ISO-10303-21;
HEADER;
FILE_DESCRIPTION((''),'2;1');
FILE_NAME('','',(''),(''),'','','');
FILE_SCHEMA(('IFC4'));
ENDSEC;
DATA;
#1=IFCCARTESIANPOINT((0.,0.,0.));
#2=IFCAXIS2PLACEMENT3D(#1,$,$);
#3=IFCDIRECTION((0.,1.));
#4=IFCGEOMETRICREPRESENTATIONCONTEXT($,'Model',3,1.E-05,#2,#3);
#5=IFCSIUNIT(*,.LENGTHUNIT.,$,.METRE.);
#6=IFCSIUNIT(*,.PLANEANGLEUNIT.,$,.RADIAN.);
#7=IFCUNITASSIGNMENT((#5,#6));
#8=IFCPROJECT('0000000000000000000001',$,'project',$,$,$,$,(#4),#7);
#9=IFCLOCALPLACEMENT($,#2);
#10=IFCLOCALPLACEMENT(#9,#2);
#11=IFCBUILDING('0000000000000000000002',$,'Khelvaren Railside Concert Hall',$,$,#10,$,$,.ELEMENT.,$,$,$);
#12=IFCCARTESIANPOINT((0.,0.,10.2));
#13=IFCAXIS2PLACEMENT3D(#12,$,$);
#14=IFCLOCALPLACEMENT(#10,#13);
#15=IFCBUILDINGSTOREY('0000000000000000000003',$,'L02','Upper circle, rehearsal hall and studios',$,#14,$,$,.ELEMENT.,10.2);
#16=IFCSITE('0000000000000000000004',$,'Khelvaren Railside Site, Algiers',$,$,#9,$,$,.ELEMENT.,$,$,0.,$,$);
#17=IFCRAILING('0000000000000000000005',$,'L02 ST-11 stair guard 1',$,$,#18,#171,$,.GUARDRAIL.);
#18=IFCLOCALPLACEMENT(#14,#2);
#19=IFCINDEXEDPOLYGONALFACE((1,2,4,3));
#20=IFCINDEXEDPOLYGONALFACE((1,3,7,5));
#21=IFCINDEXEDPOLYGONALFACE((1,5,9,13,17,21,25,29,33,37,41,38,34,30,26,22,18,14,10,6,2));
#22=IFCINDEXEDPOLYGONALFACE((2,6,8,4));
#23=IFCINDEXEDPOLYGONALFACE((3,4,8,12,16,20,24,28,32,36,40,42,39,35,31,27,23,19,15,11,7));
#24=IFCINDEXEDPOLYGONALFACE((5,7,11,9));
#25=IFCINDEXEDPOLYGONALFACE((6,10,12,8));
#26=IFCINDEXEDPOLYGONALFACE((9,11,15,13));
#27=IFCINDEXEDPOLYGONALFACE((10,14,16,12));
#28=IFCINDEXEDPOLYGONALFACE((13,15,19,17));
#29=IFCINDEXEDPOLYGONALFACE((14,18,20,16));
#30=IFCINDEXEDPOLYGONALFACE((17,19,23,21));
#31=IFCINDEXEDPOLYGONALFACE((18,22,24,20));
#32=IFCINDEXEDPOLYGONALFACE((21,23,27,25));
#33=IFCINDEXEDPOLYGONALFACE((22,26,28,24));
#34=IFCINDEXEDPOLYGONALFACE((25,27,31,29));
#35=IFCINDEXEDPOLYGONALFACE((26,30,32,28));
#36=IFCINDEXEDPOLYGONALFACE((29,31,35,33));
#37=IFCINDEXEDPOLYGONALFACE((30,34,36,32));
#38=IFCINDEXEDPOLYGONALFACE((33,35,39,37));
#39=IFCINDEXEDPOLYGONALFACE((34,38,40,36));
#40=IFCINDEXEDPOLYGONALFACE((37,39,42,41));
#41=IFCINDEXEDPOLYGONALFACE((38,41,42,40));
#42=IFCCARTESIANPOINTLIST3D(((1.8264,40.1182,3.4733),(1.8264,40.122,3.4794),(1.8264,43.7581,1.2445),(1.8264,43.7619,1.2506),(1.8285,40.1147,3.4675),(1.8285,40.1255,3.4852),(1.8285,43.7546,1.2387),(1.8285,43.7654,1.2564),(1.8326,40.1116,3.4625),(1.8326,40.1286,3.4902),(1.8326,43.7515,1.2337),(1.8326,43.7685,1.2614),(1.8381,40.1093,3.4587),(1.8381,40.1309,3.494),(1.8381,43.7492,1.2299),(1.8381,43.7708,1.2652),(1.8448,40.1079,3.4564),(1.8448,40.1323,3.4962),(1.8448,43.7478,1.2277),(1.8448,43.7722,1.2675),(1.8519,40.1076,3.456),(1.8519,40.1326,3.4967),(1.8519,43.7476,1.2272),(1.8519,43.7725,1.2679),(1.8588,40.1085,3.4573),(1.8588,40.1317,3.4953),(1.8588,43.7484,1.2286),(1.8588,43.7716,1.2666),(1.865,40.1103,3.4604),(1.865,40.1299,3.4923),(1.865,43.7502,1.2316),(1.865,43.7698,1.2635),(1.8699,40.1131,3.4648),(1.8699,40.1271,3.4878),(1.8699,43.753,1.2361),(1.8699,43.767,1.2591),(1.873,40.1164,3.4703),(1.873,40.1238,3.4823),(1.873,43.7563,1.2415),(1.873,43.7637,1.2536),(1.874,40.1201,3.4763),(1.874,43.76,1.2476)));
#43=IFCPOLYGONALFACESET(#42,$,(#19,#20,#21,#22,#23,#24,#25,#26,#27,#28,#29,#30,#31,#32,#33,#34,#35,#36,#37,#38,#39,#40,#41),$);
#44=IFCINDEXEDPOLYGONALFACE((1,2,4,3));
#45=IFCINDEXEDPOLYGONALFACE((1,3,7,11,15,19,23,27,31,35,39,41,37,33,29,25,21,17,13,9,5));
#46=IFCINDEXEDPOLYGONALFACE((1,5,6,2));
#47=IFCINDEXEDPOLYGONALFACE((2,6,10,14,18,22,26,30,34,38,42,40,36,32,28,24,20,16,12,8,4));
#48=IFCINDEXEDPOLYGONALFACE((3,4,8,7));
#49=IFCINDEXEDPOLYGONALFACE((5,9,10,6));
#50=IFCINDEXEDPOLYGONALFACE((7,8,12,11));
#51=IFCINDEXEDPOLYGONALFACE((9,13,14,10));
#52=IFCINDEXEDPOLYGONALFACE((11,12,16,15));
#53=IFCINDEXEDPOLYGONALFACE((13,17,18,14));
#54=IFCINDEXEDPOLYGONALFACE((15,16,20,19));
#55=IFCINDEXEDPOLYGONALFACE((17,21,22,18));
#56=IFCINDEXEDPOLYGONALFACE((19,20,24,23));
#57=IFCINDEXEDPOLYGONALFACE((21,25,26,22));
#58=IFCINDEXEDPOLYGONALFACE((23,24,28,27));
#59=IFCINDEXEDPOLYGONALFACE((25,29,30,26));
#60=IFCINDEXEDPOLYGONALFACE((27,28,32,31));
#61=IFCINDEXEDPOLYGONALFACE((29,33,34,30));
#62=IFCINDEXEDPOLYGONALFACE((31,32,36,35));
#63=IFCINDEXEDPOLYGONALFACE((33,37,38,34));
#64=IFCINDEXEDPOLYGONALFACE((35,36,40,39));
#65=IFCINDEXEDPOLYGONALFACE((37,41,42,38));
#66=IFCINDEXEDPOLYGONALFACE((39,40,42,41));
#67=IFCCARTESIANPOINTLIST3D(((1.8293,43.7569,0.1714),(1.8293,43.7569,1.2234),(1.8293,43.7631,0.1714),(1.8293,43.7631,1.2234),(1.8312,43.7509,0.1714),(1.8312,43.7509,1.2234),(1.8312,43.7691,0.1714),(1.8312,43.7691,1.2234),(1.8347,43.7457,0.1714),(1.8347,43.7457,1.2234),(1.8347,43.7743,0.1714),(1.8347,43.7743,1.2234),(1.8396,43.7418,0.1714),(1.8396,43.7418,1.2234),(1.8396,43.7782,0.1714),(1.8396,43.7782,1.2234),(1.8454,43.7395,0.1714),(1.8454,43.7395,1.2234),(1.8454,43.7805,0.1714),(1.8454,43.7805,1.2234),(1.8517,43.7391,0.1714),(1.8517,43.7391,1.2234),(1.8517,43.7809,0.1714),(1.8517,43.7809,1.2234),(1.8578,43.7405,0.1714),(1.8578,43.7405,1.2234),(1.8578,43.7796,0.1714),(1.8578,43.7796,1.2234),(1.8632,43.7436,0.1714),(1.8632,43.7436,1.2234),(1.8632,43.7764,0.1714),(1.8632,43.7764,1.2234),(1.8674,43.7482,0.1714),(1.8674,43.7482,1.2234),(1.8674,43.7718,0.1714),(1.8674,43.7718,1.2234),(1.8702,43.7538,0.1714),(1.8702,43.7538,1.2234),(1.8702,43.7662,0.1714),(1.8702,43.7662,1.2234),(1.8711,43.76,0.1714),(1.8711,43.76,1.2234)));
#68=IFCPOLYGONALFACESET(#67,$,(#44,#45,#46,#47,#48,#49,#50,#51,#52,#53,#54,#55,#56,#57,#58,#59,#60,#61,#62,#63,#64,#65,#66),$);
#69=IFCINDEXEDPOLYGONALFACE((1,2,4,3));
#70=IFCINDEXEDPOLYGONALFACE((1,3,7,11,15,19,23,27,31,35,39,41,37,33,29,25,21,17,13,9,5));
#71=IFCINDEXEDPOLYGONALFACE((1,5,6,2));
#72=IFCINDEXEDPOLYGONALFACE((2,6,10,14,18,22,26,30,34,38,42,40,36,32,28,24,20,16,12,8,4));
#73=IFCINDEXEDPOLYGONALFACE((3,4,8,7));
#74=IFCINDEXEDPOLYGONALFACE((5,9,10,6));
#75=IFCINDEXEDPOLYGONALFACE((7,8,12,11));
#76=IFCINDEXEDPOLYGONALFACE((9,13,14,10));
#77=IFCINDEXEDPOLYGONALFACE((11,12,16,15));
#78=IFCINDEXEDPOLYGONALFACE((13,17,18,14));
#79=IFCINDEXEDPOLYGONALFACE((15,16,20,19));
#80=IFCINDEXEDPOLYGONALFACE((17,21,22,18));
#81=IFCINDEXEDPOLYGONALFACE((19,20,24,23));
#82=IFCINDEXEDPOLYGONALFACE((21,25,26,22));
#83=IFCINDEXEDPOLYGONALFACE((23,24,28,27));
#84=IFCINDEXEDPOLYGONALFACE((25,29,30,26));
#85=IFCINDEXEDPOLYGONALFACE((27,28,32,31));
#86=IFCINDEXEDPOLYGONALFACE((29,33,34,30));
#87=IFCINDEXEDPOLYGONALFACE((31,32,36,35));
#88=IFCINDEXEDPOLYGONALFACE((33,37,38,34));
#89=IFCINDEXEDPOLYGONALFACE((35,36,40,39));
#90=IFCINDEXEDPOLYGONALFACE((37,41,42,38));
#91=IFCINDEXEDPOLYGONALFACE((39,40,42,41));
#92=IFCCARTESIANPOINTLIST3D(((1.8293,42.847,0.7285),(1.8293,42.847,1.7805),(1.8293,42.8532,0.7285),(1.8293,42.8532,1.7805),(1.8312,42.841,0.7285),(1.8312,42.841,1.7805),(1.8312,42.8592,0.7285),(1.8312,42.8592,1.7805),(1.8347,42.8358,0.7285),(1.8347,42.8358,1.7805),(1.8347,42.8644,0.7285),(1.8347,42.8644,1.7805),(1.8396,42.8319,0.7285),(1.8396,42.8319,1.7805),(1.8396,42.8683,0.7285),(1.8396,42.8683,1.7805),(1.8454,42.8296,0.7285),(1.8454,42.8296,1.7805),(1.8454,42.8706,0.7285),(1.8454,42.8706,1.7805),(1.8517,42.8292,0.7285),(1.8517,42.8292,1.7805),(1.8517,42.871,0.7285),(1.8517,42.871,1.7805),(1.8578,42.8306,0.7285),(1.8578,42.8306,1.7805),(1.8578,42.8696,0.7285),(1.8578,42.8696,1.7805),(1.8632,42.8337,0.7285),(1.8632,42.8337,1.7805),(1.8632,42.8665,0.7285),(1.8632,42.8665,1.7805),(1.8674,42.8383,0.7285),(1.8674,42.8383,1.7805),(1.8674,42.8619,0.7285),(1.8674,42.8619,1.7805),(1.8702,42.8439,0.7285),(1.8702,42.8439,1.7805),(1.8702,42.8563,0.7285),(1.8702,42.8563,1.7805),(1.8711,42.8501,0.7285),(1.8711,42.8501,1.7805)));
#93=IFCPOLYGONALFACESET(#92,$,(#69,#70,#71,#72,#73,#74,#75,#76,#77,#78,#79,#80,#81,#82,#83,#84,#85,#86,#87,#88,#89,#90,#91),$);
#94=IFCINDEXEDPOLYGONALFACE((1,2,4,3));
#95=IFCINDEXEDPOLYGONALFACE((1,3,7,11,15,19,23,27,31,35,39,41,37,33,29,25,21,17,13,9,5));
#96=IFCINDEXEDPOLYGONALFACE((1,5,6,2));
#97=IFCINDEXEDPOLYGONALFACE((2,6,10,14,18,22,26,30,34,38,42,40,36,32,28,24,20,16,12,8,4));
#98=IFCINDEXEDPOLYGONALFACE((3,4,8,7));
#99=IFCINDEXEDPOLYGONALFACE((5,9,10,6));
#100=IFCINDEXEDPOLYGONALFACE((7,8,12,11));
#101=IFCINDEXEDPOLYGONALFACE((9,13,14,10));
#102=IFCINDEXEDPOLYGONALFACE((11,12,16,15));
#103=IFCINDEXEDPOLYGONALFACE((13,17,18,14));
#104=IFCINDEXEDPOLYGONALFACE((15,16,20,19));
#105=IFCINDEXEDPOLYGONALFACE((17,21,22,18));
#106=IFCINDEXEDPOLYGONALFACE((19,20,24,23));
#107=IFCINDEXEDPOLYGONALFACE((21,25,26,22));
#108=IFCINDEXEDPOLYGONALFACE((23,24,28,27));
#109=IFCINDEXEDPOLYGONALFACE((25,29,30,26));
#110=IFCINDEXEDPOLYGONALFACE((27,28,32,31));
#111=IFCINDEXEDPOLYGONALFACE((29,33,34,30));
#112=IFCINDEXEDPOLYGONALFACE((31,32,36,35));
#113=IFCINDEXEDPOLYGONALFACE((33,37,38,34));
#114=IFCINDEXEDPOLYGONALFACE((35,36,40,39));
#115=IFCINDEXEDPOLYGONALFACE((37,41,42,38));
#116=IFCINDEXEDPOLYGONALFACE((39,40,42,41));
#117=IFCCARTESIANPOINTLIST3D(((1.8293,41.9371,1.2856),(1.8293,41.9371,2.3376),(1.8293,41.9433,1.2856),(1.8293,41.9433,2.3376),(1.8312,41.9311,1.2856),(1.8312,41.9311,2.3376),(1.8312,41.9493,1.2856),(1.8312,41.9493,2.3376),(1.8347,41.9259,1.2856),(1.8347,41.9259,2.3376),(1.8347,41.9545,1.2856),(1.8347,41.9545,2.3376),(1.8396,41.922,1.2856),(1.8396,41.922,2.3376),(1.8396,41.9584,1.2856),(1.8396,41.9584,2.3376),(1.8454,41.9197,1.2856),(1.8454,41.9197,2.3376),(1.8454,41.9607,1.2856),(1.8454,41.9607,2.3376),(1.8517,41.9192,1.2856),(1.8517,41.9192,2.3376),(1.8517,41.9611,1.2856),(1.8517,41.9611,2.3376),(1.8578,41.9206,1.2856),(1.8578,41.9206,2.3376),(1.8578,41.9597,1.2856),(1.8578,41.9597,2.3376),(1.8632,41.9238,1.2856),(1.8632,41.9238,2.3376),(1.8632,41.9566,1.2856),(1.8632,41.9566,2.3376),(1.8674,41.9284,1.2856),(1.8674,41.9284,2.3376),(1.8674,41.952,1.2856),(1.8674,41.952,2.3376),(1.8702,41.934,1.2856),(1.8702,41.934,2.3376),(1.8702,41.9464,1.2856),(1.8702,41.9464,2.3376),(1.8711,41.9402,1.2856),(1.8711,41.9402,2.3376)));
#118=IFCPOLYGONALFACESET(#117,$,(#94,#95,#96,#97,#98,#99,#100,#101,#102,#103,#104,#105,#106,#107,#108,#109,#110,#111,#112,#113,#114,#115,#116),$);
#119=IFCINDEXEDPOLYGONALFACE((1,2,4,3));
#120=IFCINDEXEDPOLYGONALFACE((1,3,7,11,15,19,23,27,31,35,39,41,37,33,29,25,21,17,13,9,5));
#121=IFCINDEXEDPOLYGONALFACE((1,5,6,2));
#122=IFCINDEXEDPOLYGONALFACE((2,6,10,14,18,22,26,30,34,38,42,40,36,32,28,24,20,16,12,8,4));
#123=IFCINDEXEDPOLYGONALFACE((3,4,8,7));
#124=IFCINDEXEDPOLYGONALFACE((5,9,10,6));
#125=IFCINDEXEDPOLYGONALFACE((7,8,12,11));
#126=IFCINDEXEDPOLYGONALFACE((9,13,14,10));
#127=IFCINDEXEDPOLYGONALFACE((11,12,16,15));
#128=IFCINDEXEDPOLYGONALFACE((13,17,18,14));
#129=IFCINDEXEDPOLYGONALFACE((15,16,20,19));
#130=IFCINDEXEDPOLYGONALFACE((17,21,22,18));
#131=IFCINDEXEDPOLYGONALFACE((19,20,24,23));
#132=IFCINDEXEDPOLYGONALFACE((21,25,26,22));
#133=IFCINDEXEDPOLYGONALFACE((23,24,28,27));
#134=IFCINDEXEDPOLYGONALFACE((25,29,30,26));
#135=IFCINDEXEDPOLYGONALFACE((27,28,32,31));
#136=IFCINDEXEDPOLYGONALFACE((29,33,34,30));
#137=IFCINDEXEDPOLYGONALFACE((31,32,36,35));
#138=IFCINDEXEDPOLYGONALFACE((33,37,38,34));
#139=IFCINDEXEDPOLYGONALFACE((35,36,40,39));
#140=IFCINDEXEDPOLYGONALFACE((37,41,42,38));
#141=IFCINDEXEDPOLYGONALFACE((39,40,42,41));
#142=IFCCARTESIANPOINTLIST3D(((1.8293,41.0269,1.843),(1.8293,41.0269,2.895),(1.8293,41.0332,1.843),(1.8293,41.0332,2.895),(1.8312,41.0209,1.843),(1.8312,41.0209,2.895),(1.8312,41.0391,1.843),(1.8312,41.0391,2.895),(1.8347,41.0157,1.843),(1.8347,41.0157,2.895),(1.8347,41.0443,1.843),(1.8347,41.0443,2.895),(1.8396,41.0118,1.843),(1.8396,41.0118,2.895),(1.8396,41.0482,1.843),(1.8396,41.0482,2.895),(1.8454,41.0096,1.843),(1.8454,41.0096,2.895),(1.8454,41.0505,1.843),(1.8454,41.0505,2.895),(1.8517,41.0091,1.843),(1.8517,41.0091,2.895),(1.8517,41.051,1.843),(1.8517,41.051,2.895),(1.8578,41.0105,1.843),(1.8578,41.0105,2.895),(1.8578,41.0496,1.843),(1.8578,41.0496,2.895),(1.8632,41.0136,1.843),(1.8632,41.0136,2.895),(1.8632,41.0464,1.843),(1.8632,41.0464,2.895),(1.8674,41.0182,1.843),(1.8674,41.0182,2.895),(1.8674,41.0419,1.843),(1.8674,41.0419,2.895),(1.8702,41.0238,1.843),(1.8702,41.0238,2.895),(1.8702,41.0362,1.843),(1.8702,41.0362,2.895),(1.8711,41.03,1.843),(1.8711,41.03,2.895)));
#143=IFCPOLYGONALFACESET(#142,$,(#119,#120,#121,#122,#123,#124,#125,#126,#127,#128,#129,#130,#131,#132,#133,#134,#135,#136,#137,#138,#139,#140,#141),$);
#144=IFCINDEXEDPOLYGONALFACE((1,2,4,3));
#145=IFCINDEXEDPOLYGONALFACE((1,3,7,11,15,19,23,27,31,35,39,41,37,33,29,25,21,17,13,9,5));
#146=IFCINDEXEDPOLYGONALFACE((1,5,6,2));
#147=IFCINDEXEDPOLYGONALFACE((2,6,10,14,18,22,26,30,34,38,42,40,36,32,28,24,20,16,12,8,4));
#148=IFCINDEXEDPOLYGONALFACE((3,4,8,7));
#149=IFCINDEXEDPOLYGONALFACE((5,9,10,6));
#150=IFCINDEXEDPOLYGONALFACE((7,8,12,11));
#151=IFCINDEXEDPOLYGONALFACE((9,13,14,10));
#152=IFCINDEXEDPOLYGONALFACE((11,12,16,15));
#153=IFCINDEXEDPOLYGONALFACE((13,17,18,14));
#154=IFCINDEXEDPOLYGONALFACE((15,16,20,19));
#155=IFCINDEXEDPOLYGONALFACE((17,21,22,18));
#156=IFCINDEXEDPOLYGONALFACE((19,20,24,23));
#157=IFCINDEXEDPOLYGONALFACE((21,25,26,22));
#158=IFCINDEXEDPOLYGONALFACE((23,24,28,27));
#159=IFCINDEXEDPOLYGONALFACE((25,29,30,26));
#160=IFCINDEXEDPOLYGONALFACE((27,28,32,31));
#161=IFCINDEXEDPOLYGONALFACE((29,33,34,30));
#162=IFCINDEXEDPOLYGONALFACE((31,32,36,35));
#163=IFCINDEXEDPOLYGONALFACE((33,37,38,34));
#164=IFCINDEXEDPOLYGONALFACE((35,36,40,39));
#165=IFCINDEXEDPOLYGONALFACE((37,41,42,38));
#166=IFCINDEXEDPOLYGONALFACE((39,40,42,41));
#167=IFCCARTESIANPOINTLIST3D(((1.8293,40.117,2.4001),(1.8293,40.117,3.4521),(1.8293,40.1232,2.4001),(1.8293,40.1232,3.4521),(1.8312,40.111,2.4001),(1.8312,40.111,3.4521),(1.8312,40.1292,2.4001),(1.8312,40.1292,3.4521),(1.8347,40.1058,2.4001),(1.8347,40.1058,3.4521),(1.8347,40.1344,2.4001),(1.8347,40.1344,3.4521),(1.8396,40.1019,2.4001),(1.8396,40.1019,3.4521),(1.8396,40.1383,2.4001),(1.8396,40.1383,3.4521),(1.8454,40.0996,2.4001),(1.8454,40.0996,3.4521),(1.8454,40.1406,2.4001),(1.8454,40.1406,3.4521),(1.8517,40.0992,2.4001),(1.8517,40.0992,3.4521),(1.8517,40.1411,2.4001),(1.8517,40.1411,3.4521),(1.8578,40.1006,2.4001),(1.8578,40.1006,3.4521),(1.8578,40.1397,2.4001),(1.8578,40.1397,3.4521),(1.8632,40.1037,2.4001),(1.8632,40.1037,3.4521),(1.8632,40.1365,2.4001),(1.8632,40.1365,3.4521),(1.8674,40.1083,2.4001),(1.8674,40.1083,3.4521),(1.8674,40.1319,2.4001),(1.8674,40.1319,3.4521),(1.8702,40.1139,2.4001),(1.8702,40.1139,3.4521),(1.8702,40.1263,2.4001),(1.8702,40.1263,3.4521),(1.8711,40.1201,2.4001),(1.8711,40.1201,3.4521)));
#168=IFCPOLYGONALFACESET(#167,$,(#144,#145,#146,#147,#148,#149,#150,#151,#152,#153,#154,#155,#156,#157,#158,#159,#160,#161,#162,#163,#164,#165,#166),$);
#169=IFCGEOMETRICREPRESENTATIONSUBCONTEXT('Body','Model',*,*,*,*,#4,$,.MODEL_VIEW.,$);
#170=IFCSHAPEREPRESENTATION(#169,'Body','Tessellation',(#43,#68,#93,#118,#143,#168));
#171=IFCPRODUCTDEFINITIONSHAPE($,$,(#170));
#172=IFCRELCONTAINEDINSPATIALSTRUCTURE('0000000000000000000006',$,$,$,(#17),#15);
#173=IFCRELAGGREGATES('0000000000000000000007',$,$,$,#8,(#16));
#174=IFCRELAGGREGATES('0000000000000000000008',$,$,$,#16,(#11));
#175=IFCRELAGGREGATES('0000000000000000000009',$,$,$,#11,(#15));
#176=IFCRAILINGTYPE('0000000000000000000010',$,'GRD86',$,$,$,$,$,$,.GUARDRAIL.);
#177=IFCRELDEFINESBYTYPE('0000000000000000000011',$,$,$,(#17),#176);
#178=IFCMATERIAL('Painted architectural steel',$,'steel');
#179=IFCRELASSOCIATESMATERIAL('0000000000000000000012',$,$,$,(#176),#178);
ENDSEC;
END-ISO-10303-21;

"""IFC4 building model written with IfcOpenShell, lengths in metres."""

from ifc_helpers import new_model, si_unit, direction, frame, origin, origin_2d, place, context, subcontext, project, spatial, circle, extrude, material, type_object, element, save


model = new_model("IFC4")

# Units and contexts
model_context = context("Model", 3, precision=1e-05, world=origin(), true_north=direction((0.0, 1.0)))
body_context = subcontext(model_context, "Body", "Model", "MODEL_VIEW")
ifc_project = project(units=[si_unit("LENGTHUNIT", "METRE"), si_unit("PLANEANGLEUNIT", "RADIAN")], contexts=[model_context])

# Site, building, storey
site_placement = place(None, origin())
site = spatial("IfcSite", under=ifc_project, at=site_placement, Name="Khelvaren Railside Site, Algiers", CompositionType="ELEMENT", RefElevation=0.0)
building_placement = place(site_placement, origin())
building = spatial("IfcBuilding", under=site, at=building_placement, Name="Khelvaren Railside Concert Hall", CompositionType="ELEMENT")
storey_placement = place(building_placement, frame((0.0, 0.0, 10.2)))
storey = spatial("IfcBuildingStorey", under=building, at=storey_placement, Name="L02", Description="Upper circle, rehearsal hall and studios", CompositionType="ELEMENT", Elevation=10.2)

# Railing
ifc_material_1 = material(Name="Painted architectural steel", Category="steel")
railing_type_1 = type_object("IfcRailingType", Name="GRD86", PredefinedType="GUARDRAIL", material=ifc_material_1)
railing_1_placement = place(storey_placement, frame((1.8501, 43.76, 0.1714)))
element("IfcRailing", 1, at=railing_1_placement, inside=storey, type_object=railing_type_1, Name="L02 ST-11 stair guard 1", PredefinedType="GUARDRAIL", context=body_context, shape_type="SweptSolid", body=[
    extrude(circle(Radius=0.0239, at=origin_2d()), frame((0.0, 0.0, 1.0762), z_axis=(0.0, -0.852825, 0.522197), x_axis=(1.0, 0.0, 0.0)), (0.0, 0.0, 1.0), 4.2681),
    extrude(circle(Radius=0.021, at=origin_2d()), origin(), (0.0, 0.0, 1.0), 1.052),
    extrude(circle(Radius=0.021, at=origin_2d()), frame((0.0, -0.9099, 0.5571)), (0.0, 0.0, 1.0), 1.052),
    extrude(circle(Radius=0.021, at=origin_2d()), frame((0.0, -1.8198, 1.1143)), (0.0, 0.0, 1.0), 1.052),
    extrude(circle(Radius=0.021, at=origin_2d()), frame((0.0, -2.73, 1.6716)), (0.0, 0.0, 1.0), 1.052),
    extrude(circle(Radius=0.021, at=origin_2d()), frame((0.0, -3.6399, 2.2288)), (0.0, 0.0, 1.0), 1.052),
])

save(model, "model.ifc")
